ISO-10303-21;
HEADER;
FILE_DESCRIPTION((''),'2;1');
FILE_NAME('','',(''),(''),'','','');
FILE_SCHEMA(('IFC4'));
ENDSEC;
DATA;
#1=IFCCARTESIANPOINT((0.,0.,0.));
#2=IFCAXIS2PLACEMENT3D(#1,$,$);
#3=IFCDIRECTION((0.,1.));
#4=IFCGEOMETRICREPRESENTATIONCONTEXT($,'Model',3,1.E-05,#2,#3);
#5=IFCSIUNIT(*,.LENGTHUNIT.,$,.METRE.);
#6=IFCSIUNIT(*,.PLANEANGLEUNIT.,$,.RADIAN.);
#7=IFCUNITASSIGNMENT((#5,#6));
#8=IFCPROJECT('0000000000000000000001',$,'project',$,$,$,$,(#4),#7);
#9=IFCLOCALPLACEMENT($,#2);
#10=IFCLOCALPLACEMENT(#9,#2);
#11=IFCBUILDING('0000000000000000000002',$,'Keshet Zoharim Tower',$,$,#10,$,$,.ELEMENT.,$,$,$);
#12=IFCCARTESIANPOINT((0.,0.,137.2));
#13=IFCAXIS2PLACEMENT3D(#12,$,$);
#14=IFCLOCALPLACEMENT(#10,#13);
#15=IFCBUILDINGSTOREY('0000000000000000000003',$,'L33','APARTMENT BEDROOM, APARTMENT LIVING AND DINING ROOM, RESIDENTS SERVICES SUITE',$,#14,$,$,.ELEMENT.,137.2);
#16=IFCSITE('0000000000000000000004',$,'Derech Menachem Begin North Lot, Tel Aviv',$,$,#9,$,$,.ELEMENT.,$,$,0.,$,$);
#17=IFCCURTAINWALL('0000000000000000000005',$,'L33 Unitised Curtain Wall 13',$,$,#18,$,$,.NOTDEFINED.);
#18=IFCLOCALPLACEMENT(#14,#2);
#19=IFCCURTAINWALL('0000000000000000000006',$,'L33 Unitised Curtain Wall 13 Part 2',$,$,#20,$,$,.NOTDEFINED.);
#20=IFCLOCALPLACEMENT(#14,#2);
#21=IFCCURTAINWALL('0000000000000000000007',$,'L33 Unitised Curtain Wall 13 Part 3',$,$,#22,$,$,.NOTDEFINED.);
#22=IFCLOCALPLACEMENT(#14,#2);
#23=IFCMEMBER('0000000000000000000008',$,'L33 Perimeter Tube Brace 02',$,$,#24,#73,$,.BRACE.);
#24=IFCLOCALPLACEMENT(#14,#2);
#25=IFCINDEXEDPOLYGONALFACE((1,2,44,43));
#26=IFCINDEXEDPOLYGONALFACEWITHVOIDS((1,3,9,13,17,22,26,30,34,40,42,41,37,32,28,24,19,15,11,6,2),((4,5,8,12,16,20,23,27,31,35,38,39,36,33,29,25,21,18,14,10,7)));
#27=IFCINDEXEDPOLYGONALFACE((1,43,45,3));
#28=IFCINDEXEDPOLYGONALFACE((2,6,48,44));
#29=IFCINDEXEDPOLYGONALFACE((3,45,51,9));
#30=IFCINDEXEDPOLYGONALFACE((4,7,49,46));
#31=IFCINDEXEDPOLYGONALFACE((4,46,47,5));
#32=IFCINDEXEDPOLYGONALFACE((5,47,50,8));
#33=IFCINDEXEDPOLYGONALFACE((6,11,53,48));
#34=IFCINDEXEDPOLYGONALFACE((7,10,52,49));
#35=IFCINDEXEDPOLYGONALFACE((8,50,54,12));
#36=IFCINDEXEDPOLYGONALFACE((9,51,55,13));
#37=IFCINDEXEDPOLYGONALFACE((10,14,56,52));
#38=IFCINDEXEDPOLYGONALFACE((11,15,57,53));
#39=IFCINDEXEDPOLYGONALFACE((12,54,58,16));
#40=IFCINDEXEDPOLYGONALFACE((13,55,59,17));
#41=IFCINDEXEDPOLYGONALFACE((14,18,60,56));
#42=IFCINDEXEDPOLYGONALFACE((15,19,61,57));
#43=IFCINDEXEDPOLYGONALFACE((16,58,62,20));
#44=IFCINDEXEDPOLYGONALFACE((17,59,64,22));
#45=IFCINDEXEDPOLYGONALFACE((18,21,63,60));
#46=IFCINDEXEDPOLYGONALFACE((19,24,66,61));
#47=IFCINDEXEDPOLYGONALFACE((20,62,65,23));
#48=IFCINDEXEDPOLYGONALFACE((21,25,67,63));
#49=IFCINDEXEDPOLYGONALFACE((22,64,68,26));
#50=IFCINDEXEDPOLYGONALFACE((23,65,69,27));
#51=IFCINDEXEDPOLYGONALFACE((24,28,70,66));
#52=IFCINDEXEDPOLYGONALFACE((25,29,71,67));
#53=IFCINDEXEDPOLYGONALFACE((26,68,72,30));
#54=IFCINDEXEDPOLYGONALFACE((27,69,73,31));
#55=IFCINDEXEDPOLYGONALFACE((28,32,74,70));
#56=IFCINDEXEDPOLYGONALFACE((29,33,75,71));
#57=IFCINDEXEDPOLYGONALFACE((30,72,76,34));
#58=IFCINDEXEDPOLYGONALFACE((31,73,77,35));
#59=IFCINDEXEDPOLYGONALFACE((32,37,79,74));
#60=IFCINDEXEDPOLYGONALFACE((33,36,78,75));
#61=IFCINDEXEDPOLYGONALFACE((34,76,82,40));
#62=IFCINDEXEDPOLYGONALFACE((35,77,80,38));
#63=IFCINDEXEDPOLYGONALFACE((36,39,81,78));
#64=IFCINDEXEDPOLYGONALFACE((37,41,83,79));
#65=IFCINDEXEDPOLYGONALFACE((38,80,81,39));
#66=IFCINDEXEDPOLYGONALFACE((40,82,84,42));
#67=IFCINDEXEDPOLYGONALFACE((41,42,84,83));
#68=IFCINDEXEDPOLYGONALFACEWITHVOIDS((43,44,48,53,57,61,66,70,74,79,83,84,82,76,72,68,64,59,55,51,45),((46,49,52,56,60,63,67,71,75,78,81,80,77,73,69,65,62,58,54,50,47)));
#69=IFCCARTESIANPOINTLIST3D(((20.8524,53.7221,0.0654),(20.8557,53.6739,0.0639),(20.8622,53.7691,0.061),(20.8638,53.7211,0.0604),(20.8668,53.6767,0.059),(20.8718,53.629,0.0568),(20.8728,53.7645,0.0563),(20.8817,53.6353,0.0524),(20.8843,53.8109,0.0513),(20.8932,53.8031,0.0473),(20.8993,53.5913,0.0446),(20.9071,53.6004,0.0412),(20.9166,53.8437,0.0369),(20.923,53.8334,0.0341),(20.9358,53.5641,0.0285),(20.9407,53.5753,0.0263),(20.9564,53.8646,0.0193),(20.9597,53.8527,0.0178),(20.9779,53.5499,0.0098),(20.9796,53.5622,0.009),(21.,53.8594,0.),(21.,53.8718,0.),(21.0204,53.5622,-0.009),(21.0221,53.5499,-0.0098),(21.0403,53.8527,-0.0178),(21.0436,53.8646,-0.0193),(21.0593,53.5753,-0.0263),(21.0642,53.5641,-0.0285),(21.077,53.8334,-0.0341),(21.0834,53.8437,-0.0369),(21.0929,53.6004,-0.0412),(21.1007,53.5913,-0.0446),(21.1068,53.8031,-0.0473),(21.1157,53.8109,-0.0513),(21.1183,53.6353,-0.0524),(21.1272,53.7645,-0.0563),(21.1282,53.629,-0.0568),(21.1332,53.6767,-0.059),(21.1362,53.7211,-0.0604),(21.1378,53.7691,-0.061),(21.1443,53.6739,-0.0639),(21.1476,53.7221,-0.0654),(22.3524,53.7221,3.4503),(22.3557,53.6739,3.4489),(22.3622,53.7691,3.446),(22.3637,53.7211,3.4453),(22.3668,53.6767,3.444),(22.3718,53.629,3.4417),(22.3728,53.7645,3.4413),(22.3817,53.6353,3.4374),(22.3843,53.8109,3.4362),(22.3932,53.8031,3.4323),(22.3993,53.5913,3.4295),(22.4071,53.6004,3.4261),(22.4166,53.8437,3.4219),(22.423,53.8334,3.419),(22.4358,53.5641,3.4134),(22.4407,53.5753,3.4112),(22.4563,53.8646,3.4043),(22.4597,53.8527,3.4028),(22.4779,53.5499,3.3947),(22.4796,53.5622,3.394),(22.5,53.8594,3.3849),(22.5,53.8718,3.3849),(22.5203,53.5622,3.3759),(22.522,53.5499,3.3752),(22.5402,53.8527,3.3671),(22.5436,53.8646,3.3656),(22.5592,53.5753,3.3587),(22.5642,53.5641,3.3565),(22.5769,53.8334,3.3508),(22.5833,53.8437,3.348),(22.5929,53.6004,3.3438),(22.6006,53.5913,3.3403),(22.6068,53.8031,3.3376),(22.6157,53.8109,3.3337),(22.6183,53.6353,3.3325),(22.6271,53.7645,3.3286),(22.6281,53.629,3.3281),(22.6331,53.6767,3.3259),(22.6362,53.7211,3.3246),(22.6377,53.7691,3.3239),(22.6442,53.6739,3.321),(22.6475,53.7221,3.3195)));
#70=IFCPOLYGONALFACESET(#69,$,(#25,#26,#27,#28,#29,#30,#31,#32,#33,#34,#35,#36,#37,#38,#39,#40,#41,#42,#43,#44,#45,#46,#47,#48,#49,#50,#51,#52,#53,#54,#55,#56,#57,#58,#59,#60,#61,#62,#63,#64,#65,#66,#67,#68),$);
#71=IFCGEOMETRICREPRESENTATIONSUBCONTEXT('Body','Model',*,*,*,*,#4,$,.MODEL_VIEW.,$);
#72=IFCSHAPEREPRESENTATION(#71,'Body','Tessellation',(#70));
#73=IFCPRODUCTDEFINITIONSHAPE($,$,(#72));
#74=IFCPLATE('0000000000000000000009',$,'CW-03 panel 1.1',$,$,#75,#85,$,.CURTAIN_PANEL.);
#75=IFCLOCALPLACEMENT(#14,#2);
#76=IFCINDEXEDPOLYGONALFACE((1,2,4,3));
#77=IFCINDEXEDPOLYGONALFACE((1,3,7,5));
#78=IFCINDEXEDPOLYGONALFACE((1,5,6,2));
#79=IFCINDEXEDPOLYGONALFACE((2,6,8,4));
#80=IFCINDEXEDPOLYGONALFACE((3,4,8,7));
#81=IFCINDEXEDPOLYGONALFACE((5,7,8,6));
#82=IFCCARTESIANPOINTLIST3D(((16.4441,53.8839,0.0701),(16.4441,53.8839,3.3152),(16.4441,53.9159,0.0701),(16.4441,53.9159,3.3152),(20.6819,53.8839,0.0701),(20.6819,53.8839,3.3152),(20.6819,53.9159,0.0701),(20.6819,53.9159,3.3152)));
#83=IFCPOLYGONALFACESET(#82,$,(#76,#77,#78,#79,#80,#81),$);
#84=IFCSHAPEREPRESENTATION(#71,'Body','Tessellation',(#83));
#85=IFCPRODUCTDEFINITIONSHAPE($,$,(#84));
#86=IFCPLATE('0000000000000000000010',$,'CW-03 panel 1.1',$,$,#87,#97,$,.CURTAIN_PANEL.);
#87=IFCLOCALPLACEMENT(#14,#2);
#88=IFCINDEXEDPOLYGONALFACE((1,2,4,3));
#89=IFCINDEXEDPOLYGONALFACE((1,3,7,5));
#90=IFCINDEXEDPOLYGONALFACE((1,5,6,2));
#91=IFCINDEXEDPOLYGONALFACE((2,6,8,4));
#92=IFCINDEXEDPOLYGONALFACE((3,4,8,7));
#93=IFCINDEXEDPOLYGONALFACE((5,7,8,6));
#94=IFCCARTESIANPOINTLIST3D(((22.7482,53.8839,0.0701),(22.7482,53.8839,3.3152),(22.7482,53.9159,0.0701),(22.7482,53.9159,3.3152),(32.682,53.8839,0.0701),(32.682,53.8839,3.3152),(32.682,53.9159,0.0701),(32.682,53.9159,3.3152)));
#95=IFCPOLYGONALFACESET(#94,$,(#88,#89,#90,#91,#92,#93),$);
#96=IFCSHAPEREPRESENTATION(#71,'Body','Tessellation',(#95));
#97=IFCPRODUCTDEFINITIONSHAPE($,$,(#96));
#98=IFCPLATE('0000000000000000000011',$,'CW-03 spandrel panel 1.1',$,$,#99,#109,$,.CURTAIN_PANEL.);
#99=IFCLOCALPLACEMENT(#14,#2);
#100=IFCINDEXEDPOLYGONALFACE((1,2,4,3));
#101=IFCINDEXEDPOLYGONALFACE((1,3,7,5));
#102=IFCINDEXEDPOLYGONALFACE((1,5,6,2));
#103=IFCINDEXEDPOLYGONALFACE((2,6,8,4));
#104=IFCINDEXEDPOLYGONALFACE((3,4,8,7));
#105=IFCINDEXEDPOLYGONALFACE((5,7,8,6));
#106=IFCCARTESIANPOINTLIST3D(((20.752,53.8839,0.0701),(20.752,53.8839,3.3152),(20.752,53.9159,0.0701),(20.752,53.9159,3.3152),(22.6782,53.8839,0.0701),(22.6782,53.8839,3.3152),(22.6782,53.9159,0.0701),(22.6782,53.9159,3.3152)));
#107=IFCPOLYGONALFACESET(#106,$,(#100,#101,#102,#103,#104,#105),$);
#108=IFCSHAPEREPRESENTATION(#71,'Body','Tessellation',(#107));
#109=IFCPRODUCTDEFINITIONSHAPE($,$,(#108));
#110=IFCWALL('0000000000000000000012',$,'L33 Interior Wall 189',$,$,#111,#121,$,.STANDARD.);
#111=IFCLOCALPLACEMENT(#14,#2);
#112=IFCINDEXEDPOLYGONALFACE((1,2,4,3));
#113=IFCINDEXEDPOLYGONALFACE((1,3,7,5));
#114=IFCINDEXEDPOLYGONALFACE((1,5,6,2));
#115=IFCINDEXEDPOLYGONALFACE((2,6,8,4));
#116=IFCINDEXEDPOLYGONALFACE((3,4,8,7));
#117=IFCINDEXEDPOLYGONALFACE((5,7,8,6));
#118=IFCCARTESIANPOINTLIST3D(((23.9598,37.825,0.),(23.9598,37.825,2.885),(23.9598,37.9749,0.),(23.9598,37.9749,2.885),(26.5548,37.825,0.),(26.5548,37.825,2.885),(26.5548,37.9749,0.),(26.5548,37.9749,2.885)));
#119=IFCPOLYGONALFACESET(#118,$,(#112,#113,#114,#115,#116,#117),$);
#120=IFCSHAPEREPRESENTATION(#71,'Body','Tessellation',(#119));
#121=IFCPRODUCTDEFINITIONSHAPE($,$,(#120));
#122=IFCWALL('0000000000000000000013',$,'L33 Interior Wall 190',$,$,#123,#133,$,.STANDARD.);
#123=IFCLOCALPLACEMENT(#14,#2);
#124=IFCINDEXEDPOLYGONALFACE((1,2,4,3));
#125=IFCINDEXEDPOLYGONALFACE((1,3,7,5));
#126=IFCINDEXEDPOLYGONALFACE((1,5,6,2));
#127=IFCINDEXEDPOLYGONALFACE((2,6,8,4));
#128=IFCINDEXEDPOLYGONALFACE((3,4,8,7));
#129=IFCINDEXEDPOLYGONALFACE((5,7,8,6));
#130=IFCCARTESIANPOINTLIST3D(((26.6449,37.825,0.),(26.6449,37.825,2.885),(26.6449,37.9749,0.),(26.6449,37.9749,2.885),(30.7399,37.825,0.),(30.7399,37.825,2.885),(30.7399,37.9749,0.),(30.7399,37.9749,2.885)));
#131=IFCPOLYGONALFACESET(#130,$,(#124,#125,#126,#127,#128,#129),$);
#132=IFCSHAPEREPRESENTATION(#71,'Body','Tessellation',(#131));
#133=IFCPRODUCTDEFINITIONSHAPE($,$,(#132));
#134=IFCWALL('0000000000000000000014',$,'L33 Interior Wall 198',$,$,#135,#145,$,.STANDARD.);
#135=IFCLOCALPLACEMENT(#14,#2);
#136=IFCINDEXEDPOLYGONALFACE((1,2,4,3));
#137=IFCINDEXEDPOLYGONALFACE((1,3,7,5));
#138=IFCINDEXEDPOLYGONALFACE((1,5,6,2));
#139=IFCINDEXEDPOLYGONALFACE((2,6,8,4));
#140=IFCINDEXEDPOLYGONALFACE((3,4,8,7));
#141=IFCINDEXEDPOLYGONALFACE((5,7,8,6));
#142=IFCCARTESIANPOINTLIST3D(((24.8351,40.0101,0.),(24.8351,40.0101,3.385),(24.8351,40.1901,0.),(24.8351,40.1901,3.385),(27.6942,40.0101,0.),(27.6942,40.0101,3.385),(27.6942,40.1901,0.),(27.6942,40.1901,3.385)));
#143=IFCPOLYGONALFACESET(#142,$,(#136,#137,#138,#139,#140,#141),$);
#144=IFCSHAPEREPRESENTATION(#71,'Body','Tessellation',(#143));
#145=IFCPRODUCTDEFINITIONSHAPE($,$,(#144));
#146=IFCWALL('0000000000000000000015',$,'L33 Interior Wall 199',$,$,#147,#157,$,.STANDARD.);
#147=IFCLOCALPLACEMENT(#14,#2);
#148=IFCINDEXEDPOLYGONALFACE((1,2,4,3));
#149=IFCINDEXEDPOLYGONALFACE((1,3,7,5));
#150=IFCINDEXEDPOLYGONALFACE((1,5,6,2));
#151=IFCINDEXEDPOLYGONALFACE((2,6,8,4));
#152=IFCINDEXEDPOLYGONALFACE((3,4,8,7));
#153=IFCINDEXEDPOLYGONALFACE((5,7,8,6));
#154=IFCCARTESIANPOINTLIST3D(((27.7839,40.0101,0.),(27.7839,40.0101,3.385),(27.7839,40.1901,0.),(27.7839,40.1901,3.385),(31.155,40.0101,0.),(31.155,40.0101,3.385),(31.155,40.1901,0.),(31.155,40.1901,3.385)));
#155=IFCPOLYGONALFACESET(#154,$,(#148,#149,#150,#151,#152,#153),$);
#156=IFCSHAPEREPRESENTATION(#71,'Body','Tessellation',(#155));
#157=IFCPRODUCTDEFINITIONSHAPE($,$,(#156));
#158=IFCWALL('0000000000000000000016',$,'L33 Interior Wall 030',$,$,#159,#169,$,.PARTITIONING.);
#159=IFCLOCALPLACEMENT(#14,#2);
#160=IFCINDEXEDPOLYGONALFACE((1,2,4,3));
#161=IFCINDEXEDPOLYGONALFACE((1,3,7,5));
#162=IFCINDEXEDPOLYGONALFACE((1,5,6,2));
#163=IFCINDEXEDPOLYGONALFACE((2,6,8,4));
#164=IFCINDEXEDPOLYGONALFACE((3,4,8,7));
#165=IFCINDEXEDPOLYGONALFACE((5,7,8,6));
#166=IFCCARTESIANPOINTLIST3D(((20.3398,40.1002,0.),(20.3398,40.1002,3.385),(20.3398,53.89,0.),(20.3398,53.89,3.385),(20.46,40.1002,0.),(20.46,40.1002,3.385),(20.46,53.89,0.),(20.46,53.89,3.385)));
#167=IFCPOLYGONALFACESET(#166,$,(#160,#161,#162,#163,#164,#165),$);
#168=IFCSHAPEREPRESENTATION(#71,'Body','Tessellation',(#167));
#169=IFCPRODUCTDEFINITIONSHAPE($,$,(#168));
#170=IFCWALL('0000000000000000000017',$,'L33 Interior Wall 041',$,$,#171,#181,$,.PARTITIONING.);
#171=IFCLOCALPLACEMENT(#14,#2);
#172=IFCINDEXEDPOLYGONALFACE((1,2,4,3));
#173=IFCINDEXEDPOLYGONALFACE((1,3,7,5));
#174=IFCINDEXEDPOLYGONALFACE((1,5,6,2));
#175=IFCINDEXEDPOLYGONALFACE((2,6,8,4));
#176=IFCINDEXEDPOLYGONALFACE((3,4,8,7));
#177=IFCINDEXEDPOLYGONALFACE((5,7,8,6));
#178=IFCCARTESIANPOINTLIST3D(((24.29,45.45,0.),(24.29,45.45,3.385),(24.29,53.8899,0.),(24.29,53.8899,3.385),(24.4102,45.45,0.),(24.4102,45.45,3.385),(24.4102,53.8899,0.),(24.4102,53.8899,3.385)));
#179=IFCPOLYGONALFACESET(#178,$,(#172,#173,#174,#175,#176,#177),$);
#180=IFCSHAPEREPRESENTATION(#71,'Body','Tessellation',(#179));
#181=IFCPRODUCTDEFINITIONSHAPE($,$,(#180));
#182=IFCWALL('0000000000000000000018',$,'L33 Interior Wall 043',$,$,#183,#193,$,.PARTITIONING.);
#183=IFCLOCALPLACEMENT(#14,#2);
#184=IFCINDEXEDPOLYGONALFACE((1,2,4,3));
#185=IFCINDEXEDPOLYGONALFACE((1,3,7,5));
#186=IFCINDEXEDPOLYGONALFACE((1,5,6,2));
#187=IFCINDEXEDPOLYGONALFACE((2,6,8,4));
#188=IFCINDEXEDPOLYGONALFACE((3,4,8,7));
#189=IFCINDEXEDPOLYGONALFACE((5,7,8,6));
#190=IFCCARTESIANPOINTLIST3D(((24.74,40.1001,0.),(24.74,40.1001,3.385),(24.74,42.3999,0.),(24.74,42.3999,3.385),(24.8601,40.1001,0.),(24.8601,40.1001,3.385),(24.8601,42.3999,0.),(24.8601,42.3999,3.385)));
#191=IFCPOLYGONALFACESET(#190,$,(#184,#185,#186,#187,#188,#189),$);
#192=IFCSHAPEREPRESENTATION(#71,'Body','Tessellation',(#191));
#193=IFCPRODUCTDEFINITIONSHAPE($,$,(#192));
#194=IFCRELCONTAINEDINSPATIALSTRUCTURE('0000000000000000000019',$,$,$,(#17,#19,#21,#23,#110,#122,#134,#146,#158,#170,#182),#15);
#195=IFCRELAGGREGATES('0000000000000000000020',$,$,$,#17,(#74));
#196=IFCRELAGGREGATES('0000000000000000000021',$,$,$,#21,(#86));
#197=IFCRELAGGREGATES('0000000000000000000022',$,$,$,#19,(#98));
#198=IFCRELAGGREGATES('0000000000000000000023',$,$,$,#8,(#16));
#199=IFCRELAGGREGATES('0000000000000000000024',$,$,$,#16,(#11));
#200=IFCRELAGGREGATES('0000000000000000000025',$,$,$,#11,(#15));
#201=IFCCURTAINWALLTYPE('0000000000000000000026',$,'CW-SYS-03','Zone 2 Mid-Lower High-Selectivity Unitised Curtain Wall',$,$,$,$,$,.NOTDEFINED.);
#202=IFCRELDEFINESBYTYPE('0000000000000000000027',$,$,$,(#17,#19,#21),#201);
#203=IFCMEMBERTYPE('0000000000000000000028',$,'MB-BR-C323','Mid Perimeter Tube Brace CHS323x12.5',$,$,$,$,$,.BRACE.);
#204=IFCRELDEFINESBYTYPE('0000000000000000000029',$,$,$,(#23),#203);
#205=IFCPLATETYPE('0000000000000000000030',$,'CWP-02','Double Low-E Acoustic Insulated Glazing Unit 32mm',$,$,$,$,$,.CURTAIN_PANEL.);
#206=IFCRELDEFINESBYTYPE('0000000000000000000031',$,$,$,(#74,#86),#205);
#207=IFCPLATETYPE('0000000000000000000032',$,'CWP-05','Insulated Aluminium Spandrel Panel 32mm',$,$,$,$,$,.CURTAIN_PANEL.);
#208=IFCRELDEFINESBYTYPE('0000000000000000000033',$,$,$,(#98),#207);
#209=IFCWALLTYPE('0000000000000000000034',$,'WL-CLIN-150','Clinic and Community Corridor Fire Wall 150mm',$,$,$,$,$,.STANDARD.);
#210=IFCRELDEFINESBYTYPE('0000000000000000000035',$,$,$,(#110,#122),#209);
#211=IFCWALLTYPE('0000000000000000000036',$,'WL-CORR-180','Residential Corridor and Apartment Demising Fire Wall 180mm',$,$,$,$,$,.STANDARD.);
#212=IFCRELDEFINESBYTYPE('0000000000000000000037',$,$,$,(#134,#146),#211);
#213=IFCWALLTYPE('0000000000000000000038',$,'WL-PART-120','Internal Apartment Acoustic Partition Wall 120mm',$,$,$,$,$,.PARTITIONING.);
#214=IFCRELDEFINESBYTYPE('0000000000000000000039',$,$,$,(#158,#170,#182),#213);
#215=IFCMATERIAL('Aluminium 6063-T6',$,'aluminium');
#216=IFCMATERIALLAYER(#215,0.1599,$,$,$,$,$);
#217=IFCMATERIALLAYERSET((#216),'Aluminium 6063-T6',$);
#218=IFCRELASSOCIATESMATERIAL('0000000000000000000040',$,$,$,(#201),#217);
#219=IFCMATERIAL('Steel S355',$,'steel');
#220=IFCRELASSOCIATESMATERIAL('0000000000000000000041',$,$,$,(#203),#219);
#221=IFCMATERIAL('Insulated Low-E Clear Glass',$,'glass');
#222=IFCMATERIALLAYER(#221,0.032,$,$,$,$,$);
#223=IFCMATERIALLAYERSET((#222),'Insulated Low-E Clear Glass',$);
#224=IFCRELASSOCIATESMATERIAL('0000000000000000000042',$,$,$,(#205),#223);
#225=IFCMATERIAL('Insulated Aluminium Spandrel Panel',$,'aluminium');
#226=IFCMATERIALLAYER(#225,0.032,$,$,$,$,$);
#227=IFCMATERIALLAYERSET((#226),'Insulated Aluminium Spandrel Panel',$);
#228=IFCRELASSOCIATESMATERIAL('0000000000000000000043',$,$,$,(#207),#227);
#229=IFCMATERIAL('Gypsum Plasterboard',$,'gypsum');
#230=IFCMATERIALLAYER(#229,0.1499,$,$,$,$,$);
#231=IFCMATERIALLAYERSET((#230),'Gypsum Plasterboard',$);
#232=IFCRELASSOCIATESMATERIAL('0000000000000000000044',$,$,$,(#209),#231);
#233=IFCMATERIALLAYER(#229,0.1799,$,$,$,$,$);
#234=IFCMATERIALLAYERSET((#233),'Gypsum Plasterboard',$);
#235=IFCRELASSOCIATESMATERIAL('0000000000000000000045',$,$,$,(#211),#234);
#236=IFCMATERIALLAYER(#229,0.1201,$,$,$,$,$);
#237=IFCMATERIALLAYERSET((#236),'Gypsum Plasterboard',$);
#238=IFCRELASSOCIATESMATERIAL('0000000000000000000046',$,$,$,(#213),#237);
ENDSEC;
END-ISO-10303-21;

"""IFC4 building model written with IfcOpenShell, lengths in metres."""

from ifc_helpers import new_model, si_unit, direction, frame, frame_2d, origin, origin_2d, place, context, subcontext, project, spatial, rectangle, hollow_circle, extrude, material, layer, layer_set, material_profile, profile_set, type_object, element, aggregate, save


model = new_model("IFC4")

# Units and contexts
model_context = context("Model", 3, precision=1e-05, world=origin(), true_north=direction((0.0, 1.0)))
body_context = subcontext(model_context, "Body", "Model", "MODEL_VIEW")
ifc_project = project(units=[si_unit("LENGTHUNIT", "METRE"), si_unit("PLANEANGLEUNIT", "RADIAN")], contexts=[model_context])

# Site, building, storey
site_placement = place(None, origin())
site = spatial("IfcSite", under=ifc_project, at=site_placement, Name="Derech Menachem Begin North Lot, Tel Aviv", CompositionType="ELEMENT", RefElevation=0.0)
building_placement = place(site_placement, origin())
building = spatial("IfcBuilding", under=site, at=building_placement, Name="Keshet Zoharim Tower", CompositionType="ELEMENT")
storey_placement = place(building_placement, frame((0.0, 0.0, 137.2)))
storey = spatial("IfcBuildingStorey", under=building, at=storey_placement, Name="L33", Description="APARTMENT BEDROOM, APARTMENT LIVING AND DINING ROOM, RESIDENTS SERVICES SUITE", CompositionType="ELEMENT", Elevation=137.2)

# Shared definitions
ifc_material_1 = material(Name="Steel S355", Category="steel")

# Curtain wall
ifc_material_2 = material(Name="Aluminium 6063-T6", Category="aluminium")
ifc_layer_1 = layer(ifc_material_2, 0.1599)
ifc_layer_set_1 = layer_set([ifc_layer_1], Name="Aluminium 6063-T6")
curtain_wall_type = type_object("IfcCurtainWallType", Name="CW-SYS-03", Description="Zone 2 Mid-Lower High-Selectivity Unitised Curtain Wall", PredefinedType="NOTDEFINED", material=ifc_layer_set_1)
curtain_wall_1_placement = place(storey_placement, origin())
curtain_wall_1 = element("IfcCurtainWall", 1, at=curtain_wall_1_placement, inside=storey, type_object=curtain_wall_type, Name="L33 Unitised Curtain Wall 13", PredefinedType="NOTDEFINED")

# Curtain walls
curtain_wall_2_placement = place(storey_placement, origin())
curtain_wall_2 = element("IfcCurtainWall", 2, at=curtain_wall_2_placement, inside=storey, type_object=curtain_wall_type, Name="L33 Unitised Curtain Wall 13 Part 2", PredefinedType="NOTDEFINED")
curtain_wall_3_placement = place(storey_placement, origin())
curtain_wall_3 = element("IfcCurtainWall", 3, at=curtain_wall_3_placement, inside=storey, type_object=curtain_wall_type, Name="L33 Unitised Curtain Wall 13 Part 3", PredefinedType="NOTDEFINED")

# Member
ifc_material_profile_1 = material_profile(ifc_material_1, hollow_circle(Radius=0.1619, WallThickness=0.0125, at=origin_2d()), Name="CHS323x12.5")
ifc_profile_set_1 = profile_set([ifc_material_profile_1], Name="Steel S355")
member_type_1 = type_object("IfcMemberType", Name="MB-BR-C323", Description="Mid Perimeter Tube Brace CHS323x12.5", PredefinedType="BRACE", material=ifc_profile_set_1)
member_1_placement = place(storey_placement, frame((21.0, 53.71, 0.0), z_axis=(0.405135, 0.0, 0.914257), x_axis=(0.0, 1.0, 0.0)))
element("IfcMember", 4, at=member_1_placement, inside=storey, type_object=member_type_1, Name="L33 Perimeter Tube Brace 02", PredefinedType="BRACE", context=body_context, shape_type="SweptSolid", body=[
    extrude(hollow_circle(Radius=0.1619, WallThickness=0.0125, at=origin_2d()), origin(), (0.0, 0.0, 1.0), 3.7024),
])

# Plates
ifc_material_3 = material(Name="Insulated Low-E Clear Glass", Category="glass")
ifc_layer_2 = layer(ifc_material_3, 0.032)
ifc_layer_set_2 = layer_set([ifc_layer_2], Name="Insulated Low-E Clear Glass")
plate_type_1 = type_object("IfcPlateType", Name="CWP-02", Description="Double Low-E Acoustic Insulated Glazing Unit 32mm", PredefinedType="CURTAIN_PANEL", material=ifc_layer_set_2)
plate_1_placement = place(storey_placement, frame((18.563, 53.8999, 0.0701), z_axis=(0.0, 0.0, 1.0), x_axis=(1.0, 0.0, 0.0)))
plate_1 = element("IfcPlate", 5, at=plate_1_placement, type_object=plate_type_1, Name="CW-03 panel 1.1", PredefinedType="CURTAIN_PANEL", context=body_context, shape_type="SweptSolid", body=[
    extrude(rectangle(XDim=4.2378, YDim=0.032, at=origin_2d()), origin(), (0.0, 0.0, 1.0), 3.2451),
])
aggregate(curtain_wall_1, [plate_1])
plate_2_placement = place(storey_placement, frame((27.7151, 53.8999, 0.0701), z_axis=(0.0, 0.0, 1.0), x_axis=(1.0, 0.0, 0.0)))
plate_2 = element("IfcPlate", 6, at=plate_2_placement, type_object=plate_type_1, Name="CW-03 panel 1.1", PredefinedType="CURTAIN_PANEL", context=body_context, shape_type="SweptSolid", body=[
    extrude(rectangle(XDim=9.9338, YDim=0.032, at=origin_2d()), origin(), (0.0, 0.0, 1.0), 3.2451),
])
aggregate(curtain_wall_3, [plate_2])
ifc_material_4 = material(Name="Insulated Aluminium Spandrel Panel", Category="aluminium")
ifc_layer_3 = layer(ifc_material_4, 0.032)
ifc_layer_set_3 = layer_set([ifc_layer_3], Name="Insulated Aluminium Spandrel Panel")
plate_type_2 = type_object("IfcPlateType", Name="CWP-05", Description="Insulated Aluminium Spandrel Panel 32mm", PredefinedType="CURTAIN_PANEL", material=ifc_layer_set_3)
plate_3_placement = place(storey_placement, frame((21.7151, 53.8999, 0.0701), z_axis=(0.0, 0.0, 1.0), x_axis=(1.0, 0.0, 0.0)))
plate_3 = element("IfcPlate", 7, at=plate_3_placement, type_object=plate_type_2, Name="CW-03 spandrel panel 1.1", PredefinedType="CURTAIN_PANEL", context=body_context, shape_type="SweptSolid", body=[
    extrude(rectangle(XDim=1.9263, YDim=0.032, at=origin_2d()), origin(), (0.0, 0.0, 1.0), 3.2451),
])
aggregate(curtain_wall_2, [plate_3])

# Walls
ifc_material_5 = material(Name="Gypsum Plasterboard", Category="gypsum")
ifc_layer_4 = layer(ifc_material_5, 0.1499)
ifc_layer_set_4 = layer_set([ifc_layer_4], Name="Gypsum Plasterboard")
wall_type_1 = type_object("IfcWallType", Name="WL-CLIN-150", Description="Clinic and Community Corridor Fire Wall 150mm", PredefinedType="STANDARD", material=ifc_layer_set_4)
wall_1_placement = place(storey_placement, frame((23.96, 37.8999, 0.0), z_axis=(0.0, 0.0, 1.0), x_axis=(1.0, 0.0, 0.0)))
element("IfcWall", 8, at=wall_1_placement, inside=storey, type_object=wall_type_1, Name="L33 Interior Wall 189", PredefinedType="STANDARD", context=body_context, shape_type="SweptSolid", body=[
    extrude(rectangle(XDim=2.595, YDim=0.1499, at=frame_2d((1.2974, 0.0))), origin(), (0.0, 0.0, 1.0), 2.885),
])
wall_2_placement = place(storey_placement, frame((26.645, 37.8999, 0.0), z_axis=(0.0, 0.0, 1.0), x_axis=(1.0, 0.0, 0.0)))
element("IfcWall", 9, at=wall_2_placement, inside=storey, type_object=wall_type_1, Name="L33 Interior Wall 190", PredefinedType="STANDARD", context=body_context, shape_type="SweptSolid", body=[
    extrude(rectangle(XDim=4.095, YDim=0.1499, at=frame_2d((2.0474, 0.0))), origin(), (0.0, 0.0, 1.0), 2.885),
])

# Shared definitions
ifc_layer_5 = layer(ifc_material_5, 0.1799)
ifc_layer_set_5 = layer_set([ifc_layer_5], Name="Gypsum Plasterboard")
wall_type_2 = type_object("IfcWallType", Name="WL-CORR-180", Description="Residential Corridor and Apartment Demising Fire Wall 180mm", PredefinedType="STANDARD", material=ifc_layer_set_5)

# Walls
wall_3_placement = place(storey_placement, frame((24.835, 40.1001, 0.0), z_axis=(0.0, 0.0, 1.0), x_axis=(1.0, 0.0, 0.0)))
element("IfcWall", 10, at=wall_3_placement, inside=storey, type_object=wall_type_2, Name="L33 Interior Wall 198", PredefinedType="STANDARD", context=body_context, shape_type="SweptSolid", body=[
    extrude(rectangle(XDim=2.8591, YDim=0.1799, at=frame_2d((1.4297, 0.0))), origin(), (0.0, 0.0, 1.0), 3.385),
])
wall_4_placement = place(storey_placement, frame((27.7839, 40.1001, 0.0), z_axis=(0.0, 0.0, 1.0), x_axis=(1.0, 0.0, 0.0)))
element("IfcWall", 11, at=wall_4_placement, inside=storey, type_object=wall_type_2, Name="L33 Interior Wall 199", PredefinedType="STANDARD", context=body_context, shape_type="SweptSolid", body=[
    extrude(rectangle(XDim=3.3711, YDim=0.1799, at=frame_2d((1.6855, 0.0))), origin(), (0.0, 0.0, 1.0), 3.385),
])
ifc_layer_6 = layer(ifc_material_5, 0.1201)
ifc_layer_set_6 = layer_set([ifc_layer_6], Name="Gypsum Plasterboard")
wall_type_3 = type_object("IfcWallType", Name="WL-PART-120", Description="Internal Apartment Acoustic Partition Wall 120mm", PredefinedType="PARTITIONING", material=ifc_layer_set_6)
wall_5_placement = place(storey_placement, frame((20.3999, 40.1001, 0.0), z_axis=(0.0, 0.0, 1.0), x_axis=(0.0, 1.0, 0.0)))
element("IfcWall", 12, at=wall_5_placement, inside=storey, type_object=wall_type_3, Name="L33 Interior Wall 030", PredefinedType="PARTITIONING", context=body_context, shape_type="SweptSolid", body=[
    extrude(rectangle(XDim=13.7898, YDim=0.1201, at=frame_2d((6.895, 0.0))), origin(), (0.0, 0.0, 1.0), 3.385),
])
wall_6_placement = place(storey_placement, frame((24.3501, 45.45, 0.0), z_axis=(0.0, 0.0, 1.0), x_axis=(0.0, 1.0, 0.0)))
element("IfcWall", 13, at=wall_6_placement, inside=storey, type_object=wall_type_3, Name="L33 Interior Wall 041", PredefinedType="PARTITIONING", context=body_context, shape_type="SweptSolid", body=[
    extrude(rectangle(XDim=8.4399, YDim=0.1201, at=frame_2d((4.22, 0.0))), origin(), (0.0, 0.0, 1.0), 3.385),
])
wall_7_placement = place(storey_placement, frame((24.8, 40.1001, 0.0), z_axis=(0.0, 0.0, 1.0), x_axis=(0.0, 1.0, 0.0)))
element("IfcWall", 14, at=wall_7_placement, inside=storey, type_object=wall_type_3, Name="L33 Interior Wall 043", PredefinedType="PARTITIONING", context=body_context, shape_type="SweptSolid", body=[
    extrude(rectangle(XDim=2.2998, YDim=0.1201, at=frame_2d((1.1499, 0.0))), origin(), (0.0, 0.0, 1.0), 3.385),
])

save(model, "model.ifc")
